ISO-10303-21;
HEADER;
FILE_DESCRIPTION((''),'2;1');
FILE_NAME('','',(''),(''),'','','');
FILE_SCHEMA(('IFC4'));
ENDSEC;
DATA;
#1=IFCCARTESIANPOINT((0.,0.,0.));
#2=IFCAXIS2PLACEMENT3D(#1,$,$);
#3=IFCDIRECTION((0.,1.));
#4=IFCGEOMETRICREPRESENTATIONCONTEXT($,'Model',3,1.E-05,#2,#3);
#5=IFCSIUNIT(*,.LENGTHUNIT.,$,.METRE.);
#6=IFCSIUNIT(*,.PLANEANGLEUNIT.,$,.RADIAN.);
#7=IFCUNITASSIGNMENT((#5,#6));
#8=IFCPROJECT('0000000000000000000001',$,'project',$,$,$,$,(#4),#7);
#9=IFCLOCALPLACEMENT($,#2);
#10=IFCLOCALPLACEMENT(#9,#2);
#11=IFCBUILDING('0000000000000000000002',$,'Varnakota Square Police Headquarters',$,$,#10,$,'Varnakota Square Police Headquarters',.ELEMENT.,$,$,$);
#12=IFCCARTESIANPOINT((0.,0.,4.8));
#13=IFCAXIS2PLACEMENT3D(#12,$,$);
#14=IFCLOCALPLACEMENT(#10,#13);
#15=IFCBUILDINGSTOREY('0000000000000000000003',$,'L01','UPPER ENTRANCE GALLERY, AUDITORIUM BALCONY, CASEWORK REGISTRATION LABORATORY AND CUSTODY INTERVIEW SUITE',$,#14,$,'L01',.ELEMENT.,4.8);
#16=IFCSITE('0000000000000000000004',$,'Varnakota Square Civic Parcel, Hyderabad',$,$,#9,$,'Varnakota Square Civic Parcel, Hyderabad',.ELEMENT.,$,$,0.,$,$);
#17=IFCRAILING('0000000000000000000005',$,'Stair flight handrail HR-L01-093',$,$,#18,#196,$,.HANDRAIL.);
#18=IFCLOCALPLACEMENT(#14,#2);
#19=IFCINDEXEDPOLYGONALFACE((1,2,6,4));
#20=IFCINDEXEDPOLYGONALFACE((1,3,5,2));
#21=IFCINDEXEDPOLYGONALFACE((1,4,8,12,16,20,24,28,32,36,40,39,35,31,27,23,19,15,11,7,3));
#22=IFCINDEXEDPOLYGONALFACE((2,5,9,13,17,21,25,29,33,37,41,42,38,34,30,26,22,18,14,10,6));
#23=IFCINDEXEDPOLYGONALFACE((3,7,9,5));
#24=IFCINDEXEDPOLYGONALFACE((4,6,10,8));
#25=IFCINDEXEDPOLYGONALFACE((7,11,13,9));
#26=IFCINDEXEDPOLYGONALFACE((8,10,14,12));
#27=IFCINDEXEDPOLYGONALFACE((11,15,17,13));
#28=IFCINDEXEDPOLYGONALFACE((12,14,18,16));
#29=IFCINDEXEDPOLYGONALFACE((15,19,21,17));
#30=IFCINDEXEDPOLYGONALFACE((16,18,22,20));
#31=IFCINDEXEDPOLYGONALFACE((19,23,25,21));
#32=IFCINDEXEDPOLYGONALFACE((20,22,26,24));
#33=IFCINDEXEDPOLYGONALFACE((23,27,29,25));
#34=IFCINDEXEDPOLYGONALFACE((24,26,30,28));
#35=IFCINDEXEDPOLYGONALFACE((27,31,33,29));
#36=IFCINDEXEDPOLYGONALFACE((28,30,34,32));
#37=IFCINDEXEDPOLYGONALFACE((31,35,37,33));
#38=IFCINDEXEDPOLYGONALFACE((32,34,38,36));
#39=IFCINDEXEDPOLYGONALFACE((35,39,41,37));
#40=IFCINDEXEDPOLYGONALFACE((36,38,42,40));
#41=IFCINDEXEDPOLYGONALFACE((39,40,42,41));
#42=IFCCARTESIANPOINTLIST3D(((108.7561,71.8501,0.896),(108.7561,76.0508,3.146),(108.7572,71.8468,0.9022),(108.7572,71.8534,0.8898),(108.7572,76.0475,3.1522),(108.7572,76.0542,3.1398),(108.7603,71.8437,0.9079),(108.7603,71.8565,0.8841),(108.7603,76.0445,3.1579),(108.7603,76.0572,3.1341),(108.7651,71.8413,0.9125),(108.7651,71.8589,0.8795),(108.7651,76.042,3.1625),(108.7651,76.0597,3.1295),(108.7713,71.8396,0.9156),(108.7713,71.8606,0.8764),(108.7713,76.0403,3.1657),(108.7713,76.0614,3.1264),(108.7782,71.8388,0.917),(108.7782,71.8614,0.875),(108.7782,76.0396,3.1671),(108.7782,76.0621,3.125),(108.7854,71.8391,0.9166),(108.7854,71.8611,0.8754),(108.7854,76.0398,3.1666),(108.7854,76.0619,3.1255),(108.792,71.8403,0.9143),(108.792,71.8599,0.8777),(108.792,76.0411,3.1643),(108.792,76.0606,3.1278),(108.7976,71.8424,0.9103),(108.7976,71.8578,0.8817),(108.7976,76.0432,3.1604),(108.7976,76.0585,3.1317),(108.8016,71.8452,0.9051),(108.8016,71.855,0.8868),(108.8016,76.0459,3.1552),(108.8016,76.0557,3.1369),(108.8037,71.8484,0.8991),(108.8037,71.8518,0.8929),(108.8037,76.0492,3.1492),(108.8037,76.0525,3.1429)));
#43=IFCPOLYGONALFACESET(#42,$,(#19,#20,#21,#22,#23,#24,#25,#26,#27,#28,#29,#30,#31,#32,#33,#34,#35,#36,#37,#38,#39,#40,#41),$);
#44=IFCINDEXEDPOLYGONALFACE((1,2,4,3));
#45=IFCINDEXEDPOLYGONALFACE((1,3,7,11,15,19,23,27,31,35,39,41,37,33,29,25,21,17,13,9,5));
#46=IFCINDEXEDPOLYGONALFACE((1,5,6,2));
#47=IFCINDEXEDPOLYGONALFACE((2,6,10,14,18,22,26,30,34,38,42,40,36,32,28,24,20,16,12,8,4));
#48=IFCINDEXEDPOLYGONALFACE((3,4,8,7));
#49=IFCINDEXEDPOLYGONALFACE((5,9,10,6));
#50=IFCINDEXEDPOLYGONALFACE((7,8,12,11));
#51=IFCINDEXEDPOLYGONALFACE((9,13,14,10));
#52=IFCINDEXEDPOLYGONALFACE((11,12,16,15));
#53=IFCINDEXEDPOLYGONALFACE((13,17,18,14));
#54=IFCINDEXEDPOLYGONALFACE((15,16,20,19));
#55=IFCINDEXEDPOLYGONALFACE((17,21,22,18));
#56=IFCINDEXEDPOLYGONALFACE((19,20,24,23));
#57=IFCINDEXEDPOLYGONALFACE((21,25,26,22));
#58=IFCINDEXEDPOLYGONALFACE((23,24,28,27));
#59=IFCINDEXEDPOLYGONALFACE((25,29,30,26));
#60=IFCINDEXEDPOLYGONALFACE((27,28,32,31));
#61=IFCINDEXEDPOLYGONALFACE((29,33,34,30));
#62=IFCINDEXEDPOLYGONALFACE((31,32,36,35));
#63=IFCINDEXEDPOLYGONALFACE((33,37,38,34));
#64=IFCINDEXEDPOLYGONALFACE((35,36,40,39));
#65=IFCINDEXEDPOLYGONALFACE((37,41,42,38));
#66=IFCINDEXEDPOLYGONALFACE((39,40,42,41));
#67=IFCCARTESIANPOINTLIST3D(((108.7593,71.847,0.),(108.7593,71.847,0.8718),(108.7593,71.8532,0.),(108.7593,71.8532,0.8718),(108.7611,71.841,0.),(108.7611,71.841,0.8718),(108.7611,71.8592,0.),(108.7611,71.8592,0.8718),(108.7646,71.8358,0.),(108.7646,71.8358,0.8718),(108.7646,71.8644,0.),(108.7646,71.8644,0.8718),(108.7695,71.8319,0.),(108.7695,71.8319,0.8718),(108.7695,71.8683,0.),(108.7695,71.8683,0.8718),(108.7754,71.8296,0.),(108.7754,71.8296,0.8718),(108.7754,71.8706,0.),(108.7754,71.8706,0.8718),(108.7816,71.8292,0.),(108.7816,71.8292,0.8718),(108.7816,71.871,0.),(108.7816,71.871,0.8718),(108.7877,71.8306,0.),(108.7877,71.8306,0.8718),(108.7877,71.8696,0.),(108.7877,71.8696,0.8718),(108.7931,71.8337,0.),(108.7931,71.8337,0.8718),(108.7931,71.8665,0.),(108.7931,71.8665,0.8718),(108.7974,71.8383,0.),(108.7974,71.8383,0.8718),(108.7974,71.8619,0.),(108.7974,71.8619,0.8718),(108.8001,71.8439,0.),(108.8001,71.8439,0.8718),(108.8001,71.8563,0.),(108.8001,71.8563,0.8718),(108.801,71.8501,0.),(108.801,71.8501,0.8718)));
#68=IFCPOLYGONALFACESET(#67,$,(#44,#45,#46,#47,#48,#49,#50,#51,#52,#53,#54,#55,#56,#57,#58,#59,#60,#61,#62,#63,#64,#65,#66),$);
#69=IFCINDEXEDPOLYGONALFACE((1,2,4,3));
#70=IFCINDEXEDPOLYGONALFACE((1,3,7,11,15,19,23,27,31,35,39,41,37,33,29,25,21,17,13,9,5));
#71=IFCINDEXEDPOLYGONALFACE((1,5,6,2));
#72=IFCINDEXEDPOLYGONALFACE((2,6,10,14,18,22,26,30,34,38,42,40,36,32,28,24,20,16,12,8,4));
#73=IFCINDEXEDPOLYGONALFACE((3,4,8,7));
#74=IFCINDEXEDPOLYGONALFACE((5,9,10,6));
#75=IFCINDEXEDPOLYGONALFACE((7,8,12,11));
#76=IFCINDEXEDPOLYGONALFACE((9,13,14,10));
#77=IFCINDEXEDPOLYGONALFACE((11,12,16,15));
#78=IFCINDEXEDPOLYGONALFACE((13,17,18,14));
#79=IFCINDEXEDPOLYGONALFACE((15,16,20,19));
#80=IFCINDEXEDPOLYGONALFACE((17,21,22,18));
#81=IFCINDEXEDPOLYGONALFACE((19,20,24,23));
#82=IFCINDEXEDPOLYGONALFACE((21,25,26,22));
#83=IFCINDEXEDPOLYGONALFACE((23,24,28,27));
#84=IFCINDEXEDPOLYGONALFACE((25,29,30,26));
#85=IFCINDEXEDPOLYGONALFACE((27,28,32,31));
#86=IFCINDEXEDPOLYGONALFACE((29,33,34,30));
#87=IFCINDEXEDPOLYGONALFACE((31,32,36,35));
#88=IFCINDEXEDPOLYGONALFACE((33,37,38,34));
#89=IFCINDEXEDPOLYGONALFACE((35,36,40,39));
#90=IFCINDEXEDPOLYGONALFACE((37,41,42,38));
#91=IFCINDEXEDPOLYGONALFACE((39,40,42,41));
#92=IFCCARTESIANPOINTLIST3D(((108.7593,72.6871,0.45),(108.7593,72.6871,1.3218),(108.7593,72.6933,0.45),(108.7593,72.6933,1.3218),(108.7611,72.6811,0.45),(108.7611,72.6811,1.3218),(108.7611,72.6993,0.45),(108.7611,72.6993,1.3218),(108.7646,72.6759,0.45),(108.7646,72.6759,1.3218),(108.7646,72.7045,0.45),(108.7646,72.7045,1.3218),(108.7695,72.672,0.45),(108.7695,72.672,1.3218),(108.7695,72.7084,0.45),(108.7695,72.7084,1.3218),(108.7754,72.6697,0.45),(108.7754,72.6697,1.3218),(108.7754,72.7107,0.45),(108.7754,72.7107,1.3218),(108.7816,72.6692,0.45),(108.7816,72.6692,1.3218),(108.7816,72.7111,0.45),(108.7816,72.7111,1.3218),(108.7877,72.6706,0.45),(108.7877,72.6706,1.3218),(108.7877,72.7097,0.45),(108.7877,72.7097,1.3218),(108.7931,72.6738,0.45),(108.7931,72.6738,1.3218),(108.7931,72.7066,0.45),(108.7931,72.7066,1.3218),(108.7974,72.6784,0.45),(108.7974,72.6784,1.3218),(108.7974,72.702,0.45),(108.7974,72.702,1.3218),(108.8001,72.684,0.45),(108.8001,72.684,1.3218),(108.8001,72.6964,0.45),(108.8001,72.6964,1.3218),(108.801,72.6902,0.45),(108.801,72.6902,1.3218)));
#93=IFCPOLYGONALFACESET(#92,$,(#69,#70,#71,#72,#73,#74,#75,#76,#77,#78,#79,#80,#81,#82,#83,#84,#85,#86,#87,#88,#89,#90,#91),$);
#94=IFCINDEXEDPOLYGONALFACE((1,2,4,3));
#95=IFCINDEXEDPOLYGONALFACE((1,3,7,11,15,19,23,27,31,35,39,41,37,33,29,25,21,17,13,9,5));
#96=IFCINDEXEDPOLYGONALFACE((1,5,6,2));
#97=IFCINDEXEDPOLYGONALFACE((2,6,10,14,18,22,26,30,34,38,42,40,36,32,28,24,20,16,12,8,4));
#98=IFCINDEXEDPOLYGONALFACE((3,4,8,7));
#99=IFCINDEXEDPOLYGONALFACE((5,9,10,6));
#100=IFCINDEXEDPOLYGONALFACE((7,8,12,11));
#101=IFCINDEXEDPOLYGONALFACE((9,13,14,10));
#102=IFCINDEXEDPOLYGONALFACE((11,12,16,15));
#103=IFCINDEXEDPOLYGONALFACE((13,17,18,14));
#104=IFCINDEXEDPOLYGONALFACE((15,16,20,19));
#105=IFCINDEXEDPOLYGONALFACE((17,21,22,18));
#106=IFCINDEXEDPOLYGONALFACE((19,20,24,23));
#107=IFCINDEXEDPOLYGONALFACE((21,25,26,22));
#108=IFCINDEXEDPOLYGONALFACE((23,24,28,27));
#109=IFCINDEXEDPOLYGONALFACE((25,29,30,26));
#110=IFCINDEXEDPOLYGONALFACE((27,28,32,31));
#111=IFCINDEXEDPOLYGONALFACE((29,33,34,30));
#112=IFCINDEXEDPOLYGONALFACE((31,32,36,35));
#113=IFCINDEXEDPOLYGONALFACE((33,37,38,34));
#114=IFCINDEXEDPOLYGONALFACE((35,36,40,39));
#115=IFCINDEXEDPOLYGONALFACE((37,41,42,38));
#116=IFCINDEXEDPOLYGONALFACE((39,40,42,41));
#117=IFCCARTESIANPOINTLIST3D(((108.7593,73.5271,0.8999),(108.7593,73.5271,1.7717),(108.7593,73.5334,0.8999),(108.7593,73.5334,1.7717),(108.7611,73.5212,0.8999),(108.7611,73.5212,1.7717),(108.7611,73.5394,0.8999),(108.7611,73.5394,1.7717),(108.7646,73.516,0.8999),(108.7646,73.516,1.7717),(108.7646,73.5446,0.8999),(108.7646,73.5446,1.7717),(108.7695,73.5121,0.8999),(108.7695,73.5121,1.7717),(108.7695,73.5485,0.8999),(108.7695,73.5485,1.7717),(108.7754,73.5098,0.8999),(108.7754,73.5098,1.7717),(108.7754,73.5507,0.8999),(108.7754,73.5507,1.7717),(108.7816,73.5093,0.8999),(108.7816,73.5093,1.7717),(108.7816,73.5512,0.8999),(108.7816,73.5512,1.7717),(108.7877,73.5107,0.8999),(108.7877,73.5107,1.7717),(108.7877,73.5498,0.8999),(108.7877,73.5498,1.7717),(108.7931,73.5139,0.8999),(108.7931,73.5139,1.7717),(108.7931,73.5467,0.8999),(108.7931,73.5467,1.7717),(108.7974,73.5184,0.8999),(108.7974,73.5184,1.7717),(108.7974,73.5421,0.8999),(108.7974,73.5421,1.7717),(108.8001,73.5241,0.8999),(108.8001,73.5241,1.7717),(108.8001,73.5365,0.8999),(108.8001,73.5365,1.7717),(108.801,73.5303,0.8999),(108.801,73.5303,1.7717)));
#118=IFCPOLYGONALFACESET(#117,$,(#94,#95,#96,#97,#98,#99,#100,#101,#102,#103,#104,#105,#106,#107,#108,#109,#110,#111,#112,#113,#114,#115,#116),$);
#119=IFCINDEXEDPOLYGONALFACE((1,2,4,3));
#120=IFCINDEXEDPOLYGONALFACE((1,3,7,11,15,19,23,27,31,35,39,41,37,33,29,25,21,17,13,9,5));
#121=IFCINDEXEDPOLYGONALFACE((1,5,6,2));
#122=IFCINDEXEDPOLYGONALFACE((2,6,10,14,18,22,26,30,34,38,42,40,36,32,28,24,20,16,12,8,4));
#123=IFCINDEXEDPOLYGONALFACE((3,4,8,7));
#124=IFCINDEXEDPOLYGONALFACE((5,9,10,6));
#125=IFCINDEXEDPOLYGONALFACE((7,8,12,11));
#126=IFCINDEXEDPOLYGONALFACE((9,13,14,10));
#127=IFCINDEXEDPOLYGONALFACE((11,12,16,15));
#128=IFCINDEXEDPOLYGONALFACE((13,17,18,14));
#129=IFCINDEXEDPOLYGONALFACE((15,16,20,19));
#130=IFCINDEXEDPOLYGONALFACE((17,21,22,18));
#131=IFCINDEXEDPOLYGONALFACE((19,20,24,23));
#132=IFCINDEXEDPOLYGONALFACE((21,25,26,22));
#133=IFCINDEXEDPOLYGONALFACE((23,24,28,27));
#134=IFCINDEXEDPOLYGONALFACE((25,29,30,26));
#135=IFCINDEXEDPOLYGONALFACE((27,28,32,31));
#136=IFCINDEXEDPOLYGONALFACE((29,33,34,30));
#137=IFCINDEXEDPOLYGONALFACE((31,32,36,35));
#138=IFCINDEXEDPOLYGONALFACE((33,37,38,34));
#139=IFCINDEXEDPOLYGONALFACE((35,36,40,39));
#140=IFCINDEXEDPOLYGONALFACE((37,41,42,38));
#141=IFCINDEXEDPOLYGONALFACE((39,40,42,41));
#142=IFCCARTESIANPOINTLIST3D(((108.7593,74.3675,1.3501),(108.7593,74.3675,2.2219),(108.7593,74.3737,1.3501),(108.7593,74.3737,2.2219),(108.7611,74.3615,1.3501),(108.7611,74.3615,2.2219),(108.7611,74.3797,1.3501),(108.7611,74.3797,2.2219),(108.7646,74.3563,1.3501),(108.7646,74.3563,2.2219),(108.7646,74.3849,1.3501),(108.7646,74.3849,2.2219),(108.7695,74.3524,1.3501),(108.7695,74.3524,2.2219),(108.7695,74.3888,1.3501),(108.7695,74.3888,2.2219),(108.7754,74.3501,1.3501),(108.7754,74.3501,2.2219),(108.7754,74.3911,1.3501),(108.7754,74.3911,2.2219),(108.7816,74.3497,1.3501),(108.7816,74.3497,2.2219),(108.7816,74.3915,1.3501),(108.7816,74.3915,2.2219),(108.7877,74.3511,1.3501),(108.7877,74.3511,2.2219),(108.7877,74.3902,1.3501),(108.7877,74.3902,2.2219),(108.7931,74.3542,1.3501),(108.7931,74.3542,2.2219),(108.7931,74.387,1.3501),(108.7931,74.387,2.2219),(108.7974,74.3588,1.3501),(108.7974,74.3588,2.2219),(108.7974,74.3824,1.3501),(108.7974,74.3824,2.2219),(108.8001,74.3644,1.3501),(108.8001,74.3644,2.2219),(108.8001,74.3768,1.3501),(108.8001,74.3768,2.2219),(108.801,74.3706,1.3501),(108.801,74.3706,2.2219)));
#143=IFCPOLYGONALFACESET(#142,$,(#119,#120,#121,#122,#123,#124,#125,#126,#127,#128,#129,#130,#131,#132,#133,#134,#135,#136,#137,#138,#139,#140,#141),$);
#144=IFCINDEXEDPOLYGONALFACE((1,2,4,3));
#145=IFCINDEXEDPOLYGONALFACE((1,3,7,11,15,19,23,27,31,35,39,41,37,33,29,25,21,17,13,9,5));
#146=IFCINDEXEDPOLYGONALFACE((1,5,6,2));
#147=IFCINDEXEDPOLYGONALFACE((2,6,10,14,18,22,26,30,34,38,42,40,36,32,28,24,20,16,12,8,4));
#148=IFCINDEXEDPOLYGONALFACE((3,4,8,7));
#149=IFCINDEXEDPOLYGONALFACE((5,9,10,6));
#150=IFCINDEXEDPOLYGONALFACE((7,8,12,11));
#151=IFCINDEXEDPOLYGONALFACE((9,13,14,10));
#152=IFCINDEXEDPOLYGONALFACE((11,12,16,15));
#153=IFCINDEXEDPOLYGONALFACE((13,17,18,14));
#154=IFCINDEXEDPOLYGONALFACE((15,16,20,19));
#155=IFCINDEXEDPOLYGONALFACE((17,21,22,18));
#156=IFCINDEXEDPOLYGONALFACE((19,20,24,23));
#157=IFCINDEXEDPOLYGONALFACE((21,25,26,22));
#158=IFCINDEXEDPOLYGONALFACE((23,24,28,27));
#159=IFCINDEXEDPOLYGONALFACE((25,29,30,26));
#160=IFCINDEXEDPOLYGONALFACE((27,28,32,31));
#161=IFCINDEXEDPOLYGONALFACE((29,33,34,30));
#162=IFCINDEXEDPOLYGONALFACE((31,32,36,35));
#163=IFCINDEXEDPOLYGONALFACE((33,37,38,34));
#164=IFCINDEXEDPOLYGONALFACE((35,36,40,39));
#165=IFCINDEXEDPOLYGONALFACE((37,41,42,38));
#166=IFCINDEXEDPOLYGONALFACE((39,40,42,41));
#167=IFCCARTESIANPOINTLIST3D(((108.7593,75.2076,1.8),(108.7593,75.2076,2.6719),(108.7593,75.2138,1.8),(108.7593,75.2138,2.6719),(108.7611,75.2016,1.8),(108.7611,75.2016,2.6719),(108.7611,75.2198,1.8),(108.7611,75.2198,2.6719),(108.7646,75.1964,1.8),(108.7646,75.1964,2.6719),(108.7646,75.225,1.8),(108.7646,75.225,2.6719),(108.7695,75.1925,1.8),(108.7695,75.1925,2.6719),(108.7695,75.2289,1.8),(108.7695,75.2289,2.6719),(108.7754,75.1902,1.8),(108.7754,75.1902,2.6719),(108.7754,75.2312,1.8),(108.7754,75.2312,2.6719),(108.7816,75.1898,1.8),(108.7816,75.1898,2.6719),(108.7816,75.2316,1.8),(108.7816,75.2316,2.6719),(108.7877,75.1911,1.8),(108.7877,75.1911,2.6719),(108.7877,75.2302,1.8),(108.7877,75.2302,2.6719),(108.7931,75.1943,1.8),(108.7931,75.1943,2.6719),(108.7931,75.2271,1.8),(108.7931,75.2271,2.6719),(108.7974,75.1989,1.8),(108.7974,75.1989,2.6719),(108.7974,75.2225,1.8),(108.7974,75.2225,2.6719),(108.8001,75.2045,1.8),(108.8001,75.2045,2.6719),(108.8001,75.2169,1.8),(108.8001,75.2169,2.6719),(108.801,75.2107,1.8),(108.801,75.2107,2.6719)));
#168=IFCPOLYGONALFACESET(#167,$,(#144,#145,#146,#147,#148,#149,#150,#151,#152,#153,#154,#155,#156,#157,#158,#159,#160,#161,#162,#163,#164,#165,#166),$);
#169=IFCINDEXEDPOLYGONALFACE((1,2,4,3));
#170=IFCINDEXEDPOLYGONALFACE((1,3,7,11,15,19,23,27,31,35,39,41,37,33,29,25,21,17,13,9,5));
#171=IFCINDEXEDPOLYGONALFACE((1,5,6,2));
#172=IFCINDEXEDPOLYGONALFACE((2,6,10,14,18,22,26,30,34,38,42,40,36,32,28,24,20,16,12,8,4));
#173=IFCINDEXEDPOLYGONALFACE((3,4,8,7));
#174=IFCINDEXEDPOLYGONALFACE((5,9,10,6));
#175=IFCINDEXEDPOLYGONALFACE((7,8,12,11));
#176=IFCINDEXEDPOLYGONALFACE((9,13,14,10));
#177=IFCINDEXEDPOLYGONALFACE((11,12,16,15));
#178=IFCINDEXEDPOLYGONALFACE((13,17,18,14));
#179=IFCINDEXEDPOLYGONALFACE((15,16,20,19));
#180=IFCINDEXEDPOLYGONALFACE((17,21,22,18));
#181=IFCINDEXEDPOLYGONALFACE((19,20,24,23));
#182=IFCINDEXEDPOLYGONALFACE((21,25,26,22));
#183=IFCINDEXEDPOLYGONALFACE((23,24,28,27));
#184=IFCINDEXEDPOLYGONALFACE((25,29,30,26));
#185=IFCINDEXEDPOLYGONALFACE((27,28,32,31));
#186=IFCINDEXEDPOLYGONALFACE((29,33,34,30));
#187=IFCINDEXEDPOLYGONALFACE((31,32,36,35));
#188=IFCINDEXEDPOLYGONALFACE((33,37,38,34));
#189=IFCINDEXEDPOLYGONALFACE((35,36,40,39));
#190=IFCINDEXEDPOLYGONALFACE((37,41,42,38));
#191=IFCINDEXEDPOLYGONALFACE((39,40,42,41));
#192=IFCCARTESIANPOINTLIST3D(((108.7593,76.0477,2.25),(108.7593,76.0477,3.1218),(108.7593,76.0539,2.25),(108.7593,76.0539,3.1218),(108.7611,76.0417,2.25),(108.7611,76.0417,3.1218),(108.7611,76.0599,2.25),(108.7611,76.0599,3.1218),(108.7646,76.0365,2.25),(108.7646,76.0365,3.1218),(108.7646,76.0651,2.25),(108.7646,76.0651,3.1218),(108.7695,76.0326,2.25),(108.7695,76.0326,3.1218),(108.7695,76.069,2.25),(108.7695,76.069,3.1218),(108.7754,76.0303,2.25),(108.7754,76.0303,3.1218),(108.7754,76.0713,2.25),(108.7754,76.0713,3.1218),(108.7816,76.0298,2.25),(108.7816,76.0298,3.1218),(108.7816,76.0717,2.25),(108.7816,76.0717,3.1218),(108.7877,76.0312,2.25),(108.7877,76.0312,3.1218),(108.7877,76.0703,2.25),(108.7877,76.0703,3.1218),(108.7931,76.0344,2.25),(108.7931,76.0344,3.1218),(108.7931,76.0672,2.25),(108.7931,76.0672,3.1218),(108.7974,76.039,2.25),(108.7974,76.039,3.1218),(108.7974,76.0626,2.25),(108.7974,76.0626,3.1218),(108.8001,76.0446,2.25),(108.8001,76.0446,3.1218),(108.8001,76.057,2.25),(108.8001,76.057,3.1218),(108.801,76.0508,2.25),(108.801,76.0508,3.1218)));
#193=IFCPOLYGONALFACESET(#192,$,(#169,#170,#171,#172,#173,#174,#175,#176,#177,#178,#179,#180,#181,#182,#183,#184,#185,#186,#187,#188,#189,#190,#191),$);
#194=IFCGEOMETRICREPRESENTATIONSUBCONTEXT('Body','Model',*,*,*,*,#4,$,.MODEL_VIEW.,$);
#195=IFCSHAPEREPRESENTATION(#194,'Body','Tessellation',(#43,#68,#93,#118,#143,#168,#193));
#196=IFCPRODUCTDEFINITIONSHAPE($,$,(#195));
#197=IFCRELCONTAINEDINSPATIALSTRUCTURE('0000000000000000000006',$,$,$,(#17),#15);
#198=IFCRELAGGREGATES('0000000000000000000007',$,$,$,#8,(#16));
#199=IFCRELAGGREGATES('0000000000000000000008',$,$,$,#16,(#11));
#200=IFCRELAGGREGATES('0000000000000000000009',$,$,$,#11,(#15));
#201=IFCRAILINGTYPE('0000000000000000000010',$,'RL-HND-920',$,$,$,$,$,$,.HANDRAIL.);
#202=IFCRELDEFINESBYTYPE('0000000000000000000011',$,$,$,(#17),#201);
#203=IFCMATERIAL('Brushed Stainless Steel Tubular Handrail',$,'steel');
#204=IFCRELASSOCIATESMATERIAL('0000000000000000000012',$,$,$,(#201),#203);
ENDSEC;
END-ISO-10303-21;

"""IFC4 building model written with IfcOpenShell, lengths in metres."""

from ifc_helpers import new_model, si_unit, direction, frame, origin, origin_2d, place, context, subcontext, project, spatial, circle, extrude, material, type_object, element, save


model = new_model("IFC4")

# Units and contexts
model_context = context("Model", 3, precision=1e-05, world=origin(), true_north=direction((0.0, 1.0)))
body_context = subcontext(model_context, "Body", "Model", "MODEL_VIEW")
ifc_project = project(units=[si_unit("LENGTHUNIT", "METRE"), si_unit("PLANEANGLEUNIT", "RADIAN")], contexts=[model_context])

# Site, building, storey
site_placement = place(None, origin())
site = spatial("IfcSite", under=ifc_project, at=site_placement, Name="Varnakota Square Civic Parcel, Hyderabad", LongName="Varnakota Square Civic Parcel, Hyderabad", CompositionType="ELEMENT", RefElevation=0.0)
building_placement = place(site_placement, origin())
building = spatial("IfcBuilding", under=site, at=building_placement, Name="Varnakota Square Police Headquarters", LongName="Varnakota Square Police Headquarters", CompositionType="ELEMENT")
storey_placement = place(building_placement, frame((0.0, 0.0, 4.8)))
storey = spatial("IfcBuildingStorey", under=building, at=storey_placement, Name="L01", Description="UPPER ENTRANCE GALLERY, AUDITORIUM BALCONY, CASEWORK REGISTRATION LABORATORY AND CUSTODY INTERVIEW SUITE", LongName="L01", CompositionType="ELEMENT", Elevation=4.8)

# Railing
ifc_material_1 = material(Name="Brushed Stainless Steel Tubular Handrail", Category="steel")
railing_type_1 = type_object("IfcRailingType", Name="RL-HND-920", PredefinedType="HANDRAIL", material=ifc_material_1)
railing_1_placement = place(storey_placement, frame((108.78, 71.8501, 0.0)))
element("IfcRailing", 1, at=railing_1_placement, inside=storey, type_object=railing_type_1, Name="Stair flight handrail HR-L01-093", PredefinedType="HANDRAIL", context=body_context, shape_type="SweptSolid", body=[
    extrude(circle(Radius=0.0239, at=origin_2d()), frame((0.0, 0.0, 0.896), z_axis=(0.0, 0.881512, 0.472162), x_axis=(-1.0, 0.0, 0.0)), (0.0, 0.0, 1.0), 4.7654),
    extrude(circle(Radius=0.021, at=origin_2d()), origin(), (0.0, 0.0, 1.0), 0.8718),
    extrude(circle(Radius=0.021, at=origin_2d()), frame((0.0, 0.8401, 0.45)), (0.0, 0.0, 1.0), 0.8718),
    extrude(circle(Radius=0.021, at=origin_2d()), frame((0.0, 1.6802, 0.8999)), (0.0, 0.0, 1.0), 0.8718),
    extrude(circle(Radius=0.021, at=origin_2d()), frame((0.0, 2.5205, 1.3501)), (0.0, 0.0, 1.0), 0.8718),
    extrude(circle(Radius=0.021, at=origin_2d()), frame((0.0, 3.3606, 1.8)), (0.0, 0.0, 1.0), 0.8718),
    extrude(circle(Radius=0.021, at=origin_2d()), frame((0.0, 4.2007, 2.25)), (0.0, 0.0, 1.0), 0.8718),
])

save(model, "model.ifc")
